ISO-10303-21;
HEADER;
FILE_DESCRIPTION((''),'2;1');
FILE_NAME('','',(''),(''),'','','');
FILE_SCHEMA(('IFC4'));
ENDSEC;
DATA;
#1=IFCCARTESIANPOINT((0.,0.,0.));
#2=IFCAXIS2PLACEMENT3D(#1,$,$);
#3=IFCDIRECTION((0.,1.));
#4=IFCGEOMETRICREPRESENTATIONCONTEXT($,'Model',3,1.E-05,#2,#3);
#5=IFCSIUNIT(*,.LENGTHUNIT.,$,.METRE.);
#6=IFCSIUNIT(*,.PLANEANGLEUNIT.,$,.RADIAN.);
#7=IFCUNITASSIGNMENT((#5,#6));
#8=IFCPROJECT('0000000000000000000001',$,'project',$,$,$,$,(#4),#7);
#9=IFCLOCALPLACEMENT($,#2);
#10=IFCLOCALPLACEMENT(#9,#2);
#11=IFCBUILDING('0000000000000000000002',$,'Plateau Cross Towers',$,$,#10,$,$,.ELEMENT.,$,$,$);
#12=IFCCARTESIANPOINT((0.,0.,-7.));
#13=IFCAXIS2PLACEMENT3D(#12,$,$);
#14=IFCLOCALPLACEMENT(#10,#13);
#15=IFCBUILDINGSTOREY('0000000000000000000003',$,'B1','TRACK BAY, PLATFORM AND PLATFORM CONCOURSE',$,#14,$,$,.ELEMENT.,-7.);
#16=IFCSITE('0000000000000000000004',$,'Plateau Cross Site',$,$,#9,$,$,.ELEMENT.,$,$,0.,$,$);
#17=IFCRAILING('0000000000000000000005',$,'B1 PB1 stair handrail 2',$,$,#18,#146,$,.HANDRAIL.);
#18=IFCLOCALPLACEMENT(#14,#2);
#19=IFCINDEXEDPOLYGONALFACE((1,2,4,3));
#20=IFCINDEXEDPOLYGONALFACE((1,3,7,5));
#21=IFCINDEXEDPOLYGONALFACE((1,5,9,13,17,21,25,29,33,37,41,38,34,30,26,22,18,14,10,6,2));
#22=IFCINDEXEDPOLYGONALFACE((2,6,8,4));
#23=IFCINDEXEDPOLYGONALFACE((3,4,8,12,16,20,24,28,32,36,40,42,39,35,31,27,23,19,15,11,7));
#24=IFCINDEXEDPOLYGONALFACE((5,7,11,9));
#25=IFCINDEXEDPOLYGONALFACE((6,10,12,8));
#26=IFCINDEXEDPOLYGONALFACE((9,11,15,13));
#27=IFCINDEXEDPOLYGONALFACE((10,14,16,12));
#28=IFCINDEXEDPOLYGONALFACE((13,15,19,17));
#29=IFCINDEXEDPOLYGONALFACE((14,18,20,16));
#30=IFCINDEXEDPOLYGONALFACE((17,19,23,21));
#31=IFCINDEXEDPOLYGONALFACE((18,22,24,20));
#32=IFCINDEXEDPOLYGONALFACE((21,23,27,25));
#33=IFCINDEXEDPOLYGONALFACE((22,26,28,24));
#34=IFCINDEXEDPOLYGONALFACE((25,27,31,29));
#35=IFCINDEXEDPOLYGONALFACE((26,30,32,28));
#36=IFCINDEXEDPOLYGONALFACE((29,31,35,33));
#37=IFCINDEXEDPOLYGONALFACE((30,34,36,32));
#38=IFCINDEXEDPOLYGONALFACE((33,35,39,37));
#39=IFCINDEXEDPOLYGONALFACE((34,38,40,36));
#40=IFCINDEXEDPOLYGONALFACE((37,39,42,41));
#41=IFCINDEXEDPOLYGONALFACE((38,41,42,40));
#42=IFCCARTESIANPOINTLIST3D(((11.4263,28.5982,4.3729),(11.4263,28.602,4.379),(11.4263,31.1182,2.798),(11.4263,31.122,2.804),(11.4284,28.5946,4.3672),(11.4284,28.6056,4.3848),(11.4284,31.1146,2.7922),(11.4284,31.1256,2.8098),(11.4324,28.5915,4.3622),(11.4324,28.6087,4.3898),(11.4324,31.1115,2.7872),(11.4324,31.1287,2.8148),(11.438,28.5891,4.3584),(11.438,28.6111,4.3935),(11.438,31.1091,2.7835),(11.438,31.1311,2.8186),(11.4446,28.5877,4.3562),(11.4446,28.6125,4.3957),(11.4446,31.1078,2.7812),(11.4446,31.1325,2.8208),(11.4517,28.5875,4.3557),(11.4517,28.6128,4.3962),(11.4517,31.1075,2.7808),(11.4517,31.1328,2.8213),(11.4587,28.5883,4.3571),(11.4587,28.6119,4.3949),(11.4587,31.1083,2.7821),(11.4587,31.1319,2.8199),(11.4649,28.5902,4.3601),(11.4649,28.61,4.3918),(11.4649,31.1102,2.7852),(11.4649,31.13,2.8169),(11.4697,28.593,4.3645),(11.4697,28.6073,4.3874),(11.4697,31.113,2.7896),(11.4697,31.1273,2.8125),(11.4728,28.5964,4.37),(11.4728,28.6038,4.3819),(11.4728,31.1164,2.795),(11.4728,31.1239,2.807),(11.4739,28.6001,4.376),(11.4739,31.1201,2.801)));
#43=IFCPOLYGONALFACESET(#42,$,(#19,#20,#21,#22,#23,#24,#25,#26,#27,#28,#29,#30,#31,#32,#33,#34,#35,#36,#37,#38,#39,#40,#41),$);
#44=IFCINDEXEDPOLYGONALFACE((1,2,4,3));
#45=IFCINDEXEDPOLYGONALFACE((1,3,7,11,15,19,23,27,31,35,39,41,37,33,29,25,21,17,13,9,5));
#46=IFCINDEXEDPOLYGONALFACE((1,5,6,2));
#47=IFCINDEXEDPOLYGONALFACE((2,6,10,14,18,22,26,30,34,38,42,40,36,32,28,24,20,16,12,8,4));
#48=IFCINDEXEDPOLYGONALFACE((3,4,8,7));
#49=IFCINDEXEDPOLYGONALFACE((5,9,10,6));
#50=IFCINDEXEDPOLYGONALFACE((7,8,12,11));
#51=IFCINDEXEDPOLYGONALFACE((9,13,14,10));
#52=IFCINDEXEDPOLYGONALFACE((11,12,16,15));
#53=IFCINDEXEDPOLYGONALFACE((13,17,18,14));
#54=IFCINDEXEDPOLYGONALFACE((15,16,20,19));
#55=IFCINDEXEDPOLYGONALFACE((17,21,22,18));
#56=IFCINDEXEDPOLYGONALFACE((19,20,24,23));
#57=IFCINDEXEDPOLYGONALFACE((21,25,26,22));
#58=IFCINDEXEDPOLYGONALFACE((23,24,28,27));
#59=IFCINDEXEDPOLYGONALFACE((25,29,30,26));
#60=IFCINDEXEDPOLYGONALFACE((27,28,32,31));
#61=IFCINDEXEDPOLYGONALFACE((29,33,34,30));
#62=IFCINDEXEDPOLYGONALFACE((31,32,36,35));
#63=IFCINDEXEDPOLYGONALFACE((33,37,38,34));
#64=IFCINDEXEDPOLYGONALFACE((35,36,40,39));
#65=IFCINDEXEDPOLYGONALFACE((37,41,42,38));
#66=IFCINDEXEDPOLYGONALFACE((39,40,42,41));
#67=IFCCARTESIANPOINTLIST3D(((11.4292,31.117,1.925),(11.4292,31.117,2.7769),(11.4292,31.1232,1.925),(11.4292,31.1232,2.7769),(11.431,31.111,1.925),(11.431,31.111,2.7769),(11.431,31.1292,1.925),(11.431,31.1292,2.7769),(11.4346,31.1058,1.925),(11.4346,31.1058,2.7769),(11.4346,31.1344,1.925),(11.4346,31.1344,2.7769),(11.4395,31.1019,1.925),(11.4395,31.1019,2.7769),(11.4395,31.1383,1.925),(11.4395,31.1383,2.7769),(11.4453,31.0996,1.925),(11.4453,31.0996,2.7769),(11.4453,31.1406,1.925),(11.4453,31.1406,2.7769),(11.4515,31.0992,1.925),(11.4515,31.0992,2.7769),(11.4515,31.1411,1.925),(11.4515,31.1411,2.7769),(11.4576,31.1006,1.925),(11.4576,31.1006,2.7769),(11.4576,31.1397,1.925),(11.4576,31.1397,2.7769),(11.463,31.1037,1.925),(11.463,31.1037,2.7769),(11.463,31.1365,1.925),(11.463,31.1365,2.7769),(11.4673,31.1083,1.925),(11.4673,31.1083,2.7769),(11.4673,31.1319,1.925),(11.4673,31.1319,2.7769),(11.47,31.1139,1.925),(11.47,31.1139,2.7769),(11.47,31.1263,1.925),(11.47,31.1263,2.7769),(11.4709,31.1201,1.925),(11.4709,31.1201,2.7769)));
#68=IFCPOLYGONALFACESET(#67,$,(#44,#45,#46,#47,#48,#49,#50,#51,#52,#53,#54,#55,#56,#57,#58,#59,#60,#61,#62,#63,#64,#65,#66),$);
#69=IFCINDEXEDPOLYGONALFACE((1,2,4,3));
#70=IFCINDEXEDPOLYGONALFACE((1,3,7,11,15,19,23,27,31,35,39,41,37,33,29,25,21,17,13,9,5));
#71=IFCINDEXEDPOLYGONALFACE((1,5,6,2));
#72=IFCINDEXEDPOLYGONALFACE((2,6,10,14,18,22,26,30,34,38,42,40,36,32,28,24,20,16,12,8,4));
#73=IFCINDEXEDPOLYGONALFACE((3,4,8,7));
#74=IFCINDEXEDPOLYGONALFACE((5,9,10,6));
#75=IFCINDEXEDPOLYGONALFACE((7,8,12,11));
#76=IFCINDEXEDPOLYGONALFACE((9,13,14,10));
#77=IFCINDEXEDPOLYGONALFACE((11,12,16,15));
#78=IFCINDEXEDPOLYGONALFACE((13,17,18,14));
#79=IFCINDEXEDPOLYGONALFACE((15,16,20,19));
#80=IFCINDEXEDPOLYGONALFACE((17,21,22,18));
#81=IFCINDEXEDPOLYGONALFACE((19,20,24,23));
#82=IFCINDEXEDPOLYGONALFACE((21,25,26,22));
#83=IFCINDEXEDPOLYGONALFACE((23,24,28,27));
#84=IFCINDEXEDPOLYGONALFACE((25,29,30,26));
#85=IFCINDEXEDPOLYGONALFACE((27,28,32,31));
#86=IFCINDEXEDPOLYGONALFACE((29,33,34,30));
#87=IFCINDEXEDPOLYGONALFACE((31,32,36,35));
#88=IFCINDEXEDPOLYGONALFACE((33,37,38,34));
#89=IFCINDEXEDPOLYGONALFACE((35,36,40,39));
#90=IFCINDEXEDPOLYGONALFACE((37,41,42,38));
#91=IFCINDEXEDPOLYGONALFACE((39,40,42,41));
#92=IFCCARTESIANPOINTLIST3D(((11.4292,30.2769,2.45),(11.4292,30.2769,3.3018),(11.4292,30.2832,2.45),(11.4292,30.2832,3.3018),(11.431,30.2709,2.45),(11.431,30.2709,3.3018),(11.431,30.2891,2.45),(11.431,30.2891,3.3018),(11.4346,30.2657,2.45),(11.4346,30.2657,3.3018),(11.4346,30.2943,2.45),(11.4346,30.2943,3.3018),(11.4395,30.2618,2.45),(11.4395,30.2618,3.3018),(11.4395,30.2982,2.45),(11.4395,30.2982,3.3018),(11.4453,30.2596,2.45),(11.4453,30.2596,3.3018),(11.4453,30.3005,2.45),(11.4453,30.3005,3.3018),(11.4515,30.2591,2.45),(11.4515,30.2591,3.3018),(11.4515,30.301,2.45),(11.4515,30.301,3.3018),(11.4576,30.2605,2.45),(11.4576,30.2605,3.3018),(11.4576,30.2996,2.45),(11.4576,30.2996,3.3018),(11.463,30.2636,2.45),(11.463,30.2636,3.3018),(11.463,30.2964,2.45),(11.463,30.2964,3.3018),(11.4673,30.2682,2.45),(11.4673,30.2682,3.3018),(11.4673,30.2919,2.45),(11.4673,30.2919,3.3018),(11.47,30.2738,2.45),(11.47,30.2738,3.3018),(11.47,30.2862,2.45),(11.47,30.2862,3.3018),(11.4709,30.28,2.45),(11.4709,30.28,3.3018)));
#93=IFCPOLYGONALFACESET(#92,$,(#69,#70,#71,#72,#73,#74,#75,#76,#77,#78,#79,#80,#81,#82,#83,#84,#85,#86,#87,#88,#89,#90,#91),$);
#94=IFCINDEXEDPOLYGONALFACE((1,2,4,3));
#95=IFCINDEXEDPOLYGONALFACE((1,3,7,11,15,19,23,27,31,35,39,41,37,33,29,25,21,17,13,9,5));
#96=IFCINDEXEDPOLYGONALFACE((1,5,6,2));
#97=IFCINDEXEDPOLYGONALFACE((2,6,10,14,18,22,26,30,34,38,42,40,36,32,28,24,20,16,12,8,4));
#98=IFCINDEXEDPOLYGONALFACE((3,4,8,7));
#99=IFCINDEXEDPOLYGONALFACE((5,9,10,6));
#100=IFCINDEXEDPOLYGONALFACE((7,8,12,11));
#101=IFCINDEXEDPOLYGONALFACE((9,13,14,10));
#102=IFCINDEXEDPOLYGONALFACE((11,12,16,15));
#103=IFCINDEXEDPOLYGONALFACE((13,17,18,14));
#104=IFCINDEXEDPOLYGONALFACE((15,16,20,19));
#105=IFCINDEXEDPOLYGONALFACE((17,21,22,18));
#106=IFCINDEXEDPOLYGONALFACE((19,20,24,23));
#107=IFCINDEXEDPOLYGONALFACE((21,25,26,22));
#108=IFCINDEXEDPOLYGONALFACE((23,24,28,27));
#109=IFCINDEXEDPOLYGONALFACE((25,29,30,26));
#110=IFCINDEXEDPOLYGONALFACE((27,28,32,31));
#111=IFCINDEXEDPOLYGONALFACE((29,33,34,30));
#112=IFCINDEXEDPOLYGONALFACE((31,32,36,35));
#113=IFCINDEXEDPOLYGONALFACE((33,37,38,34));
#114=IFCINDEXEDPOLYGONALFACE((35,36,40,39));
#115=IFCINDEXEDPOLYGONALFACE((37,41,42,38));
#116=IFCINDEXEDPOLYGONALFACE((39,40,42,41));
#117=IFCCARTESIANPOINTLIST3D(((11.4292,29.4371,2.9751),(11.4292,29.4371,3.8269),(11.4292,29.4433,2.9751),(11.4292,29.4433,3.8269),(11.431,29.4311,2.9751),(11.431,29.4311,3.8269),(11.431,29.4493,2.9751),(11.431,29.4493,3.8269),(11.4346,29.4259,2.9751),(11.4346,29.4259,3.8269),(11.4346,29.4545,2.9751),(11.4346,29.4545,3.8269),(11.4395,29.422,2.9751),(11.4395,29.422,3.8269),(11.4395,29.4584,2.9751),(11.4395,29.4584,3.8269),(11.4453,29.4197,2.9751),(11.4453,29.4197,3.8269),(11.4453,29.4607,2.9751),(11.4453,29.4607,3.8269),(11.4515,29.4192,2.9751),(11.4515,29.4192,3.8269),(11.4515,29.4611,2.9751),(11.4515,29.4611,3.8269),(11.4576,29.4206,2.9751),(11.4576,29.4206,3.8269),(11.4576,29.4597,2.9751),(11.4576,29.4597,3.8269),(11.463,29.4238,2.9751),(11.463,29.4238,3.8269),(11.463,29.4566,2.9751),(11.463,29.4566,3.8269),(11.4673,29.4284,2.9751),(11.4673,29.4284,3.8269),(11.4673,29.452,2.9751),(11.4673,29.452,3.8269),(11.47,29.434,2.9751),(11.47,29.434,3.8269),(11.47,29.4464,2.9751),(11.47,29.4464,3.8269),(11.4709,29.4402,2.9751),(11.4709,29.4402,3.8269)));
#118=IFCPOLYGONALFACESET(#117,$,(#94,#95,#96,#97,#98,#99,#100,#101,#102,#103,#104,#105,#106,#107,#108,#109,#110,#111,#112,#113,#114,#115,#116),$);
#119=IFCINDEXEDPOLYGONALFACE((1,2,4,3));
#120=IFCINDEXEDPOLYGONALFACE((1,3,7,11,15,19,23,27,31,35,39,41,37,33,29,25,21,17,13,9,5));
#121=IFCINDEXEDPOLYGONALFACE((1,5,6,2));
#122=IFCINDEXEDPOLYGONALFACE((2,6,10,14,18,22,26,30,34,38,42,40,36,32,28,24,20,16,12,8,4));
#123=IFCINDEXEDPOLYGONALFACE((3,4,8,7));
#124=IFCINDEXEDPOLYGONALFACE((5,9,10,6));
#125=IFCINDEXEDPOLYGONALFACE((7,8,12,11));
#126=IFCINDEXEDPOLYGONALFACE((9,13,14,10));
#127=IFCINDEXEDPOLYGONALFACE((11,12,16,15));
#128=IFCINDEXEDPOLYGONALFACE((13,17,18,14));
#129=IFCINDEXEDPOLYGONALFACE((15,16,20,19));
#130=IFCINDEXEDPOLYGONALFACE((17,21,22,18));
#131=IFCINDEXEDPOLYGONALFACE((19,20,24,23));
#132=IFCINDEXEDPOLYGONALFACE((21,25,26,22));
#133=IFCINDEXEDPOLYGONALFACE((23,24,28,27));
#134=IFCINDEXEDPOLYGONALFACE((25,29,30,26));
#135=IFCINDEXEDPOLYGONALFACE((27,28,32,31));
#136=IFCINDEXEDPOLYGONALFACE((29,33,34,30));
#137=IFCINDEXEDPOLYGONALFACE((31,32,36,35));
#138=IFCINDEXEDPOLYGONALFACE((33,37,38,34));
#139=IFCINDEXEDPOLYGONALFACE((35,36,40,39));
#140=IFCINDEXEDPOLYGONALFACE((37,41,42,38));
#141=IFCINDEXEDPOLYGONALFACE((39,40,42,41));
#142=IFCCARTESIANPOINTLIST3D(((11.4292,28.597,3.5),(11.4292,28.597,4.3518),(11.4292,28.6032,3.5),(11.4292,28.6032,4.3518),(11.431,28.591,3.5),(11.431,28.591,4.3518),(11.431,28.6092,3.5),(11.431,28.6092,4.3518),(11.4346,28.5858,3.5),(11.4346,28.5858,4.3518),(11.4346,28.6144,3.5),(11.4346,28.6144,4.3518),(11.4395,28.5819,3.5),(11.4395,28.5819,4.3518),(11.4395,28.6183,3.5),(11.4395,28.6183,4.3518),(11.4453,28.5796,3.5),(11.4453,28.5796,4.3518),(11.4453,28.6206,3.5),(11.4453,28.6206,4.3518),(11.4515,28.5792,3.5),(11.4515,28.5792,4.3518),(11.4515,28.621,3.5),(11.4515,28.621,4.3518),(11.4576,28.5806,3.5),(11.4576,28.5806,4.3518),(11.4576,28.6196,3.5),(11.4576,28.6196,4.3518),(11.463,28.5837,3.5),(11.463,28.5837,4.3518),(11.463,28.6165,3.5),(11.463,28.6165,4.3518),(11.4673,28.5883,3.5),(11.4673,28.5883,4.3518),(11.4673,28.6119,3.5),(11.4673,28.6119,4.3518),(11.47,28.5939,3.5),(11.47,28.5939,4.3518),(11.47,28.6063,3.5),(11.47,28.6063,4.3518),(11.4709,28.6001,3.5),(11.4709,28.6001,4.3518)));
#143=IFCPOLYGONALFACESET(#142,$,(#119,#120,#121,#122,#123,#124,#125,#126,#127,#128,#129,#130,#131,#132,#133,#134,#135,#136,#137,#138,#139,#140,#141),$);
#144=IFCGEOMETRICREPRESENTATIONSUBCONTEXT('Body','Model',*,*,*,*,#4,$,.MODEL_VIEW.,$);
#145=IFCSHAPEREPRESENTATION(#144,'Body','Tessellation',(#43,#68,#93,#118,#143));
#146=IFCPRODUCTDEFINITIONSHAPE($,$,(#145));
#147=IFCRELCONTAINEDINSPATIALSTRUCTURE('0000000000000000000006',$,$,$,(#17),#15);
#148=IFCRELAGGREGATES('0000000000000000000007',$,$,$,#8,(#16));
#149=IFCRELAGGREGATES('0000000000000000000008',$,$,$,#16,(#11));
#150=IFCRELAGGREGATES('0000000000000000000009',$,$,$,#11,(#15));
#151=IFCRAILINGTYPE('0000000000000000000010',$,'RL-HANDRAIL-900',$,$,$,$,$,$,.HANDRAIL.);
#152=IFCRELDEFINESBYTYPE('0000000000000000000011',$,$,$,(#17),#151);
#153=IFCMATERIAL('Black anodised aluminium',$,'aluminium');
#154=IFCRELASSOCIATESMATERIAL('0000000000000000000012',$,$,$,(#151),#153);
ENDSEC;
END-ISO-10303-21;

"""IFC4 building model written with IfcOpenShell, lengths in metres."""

from ifc_helpers import new_model, si_unit, direction, frame, origin, origin_2d, place, context, subcontext, project, spatial, circle, extrude, material, type_object, element, save


model = new_model("IFC4")

# Units and contexts
model_context = context("Model", 3, precision=1e-05, world=origin(), true_north=direction((0.0, 1.0)))
body_context = subcontext(model_context, "Body", "Model", "MODEL_VIEW")
ifc_project = project(units=[si_unit("LENGTHUNIT", "METRE"), si_unit("PLANEANGLEUNIT", "RADIAN")], contexts=[model_context])

# Site, building, storey
site_placement = place(None, origin())
site = spatial("IfcSite", under=ifc_project, at=site_placement, Name="Plateau Cross Site", CompositionType="ELEMENT", RefElevation=0.0)
building_placement = place(site_placement, origin())
building = spatial("IfcBuilding", under=site, at=building_placement, Name="Plateau Cross Towers", CompositionType="ELEMENT")
storey_placement = place(building_placement, frame((0.0, 0.0, -7.0)))
storey = spatial("IfcBuildingStorey", under=building, at=storey_placement, Name="B1", Description="TRACK BAY, PLATFORM AND PLATFORM CONCOURSE", CompositionType="ELEMENT", Elevation=-7.0)

# Railing
ifc_material_1 = material(Name="Black anodised aluminium", Category="aluminium")
railing_type_1 = type_object("IfcRailingType", Name="RL-HANDRAIL-900", PredefinedType="HANDRAIL", material=ifc_material_1)
railing_1_placement = place(storey_placement, frame((11.45, 31.1201, 1.925)))
element("IfcRailing", 1, at=railing_1_placement, inside=storey, type_object=railing_type_1, Name="B1 PB1 stair handrail 2", PredefinedType="HANDRAIL", context=body_context, shape_type="SweptSolid", body=[
    extrude(circle(Radius=0.0239, at=origin_2d()), frame((0.0, 0.0, 0.876), z_axis=(0.0, -0.848008, 0.529984), x_axis=(1.0, 0.0, 0.0)), (0.0, 0.0, 1.0), 2.9717),
    extrude(circle(Radius=0.021, at=origin_2d()), origin(), (0.0, 0.0, 1.0), 0.8518),
    extrude(circle(Radius=0.021, at=origin_2d()), frame((0.0, -0.8401, 0.5249)), (0.0, 0.0, 1.0), 0.8518),
    extrude(circle(Radius=0.021, at=origin_2d()), frame((0.0, -1.6799, 1.05)), (0.0, 0.0, 1.0), 0.8518),
    extrude(circle(Radius=0.021, at=origin_2d()), frame((0.0, -2.52, 1.575)), (0.0, 0.0, 1.0), 0.8518),
])

save(model, "model.ifc")
